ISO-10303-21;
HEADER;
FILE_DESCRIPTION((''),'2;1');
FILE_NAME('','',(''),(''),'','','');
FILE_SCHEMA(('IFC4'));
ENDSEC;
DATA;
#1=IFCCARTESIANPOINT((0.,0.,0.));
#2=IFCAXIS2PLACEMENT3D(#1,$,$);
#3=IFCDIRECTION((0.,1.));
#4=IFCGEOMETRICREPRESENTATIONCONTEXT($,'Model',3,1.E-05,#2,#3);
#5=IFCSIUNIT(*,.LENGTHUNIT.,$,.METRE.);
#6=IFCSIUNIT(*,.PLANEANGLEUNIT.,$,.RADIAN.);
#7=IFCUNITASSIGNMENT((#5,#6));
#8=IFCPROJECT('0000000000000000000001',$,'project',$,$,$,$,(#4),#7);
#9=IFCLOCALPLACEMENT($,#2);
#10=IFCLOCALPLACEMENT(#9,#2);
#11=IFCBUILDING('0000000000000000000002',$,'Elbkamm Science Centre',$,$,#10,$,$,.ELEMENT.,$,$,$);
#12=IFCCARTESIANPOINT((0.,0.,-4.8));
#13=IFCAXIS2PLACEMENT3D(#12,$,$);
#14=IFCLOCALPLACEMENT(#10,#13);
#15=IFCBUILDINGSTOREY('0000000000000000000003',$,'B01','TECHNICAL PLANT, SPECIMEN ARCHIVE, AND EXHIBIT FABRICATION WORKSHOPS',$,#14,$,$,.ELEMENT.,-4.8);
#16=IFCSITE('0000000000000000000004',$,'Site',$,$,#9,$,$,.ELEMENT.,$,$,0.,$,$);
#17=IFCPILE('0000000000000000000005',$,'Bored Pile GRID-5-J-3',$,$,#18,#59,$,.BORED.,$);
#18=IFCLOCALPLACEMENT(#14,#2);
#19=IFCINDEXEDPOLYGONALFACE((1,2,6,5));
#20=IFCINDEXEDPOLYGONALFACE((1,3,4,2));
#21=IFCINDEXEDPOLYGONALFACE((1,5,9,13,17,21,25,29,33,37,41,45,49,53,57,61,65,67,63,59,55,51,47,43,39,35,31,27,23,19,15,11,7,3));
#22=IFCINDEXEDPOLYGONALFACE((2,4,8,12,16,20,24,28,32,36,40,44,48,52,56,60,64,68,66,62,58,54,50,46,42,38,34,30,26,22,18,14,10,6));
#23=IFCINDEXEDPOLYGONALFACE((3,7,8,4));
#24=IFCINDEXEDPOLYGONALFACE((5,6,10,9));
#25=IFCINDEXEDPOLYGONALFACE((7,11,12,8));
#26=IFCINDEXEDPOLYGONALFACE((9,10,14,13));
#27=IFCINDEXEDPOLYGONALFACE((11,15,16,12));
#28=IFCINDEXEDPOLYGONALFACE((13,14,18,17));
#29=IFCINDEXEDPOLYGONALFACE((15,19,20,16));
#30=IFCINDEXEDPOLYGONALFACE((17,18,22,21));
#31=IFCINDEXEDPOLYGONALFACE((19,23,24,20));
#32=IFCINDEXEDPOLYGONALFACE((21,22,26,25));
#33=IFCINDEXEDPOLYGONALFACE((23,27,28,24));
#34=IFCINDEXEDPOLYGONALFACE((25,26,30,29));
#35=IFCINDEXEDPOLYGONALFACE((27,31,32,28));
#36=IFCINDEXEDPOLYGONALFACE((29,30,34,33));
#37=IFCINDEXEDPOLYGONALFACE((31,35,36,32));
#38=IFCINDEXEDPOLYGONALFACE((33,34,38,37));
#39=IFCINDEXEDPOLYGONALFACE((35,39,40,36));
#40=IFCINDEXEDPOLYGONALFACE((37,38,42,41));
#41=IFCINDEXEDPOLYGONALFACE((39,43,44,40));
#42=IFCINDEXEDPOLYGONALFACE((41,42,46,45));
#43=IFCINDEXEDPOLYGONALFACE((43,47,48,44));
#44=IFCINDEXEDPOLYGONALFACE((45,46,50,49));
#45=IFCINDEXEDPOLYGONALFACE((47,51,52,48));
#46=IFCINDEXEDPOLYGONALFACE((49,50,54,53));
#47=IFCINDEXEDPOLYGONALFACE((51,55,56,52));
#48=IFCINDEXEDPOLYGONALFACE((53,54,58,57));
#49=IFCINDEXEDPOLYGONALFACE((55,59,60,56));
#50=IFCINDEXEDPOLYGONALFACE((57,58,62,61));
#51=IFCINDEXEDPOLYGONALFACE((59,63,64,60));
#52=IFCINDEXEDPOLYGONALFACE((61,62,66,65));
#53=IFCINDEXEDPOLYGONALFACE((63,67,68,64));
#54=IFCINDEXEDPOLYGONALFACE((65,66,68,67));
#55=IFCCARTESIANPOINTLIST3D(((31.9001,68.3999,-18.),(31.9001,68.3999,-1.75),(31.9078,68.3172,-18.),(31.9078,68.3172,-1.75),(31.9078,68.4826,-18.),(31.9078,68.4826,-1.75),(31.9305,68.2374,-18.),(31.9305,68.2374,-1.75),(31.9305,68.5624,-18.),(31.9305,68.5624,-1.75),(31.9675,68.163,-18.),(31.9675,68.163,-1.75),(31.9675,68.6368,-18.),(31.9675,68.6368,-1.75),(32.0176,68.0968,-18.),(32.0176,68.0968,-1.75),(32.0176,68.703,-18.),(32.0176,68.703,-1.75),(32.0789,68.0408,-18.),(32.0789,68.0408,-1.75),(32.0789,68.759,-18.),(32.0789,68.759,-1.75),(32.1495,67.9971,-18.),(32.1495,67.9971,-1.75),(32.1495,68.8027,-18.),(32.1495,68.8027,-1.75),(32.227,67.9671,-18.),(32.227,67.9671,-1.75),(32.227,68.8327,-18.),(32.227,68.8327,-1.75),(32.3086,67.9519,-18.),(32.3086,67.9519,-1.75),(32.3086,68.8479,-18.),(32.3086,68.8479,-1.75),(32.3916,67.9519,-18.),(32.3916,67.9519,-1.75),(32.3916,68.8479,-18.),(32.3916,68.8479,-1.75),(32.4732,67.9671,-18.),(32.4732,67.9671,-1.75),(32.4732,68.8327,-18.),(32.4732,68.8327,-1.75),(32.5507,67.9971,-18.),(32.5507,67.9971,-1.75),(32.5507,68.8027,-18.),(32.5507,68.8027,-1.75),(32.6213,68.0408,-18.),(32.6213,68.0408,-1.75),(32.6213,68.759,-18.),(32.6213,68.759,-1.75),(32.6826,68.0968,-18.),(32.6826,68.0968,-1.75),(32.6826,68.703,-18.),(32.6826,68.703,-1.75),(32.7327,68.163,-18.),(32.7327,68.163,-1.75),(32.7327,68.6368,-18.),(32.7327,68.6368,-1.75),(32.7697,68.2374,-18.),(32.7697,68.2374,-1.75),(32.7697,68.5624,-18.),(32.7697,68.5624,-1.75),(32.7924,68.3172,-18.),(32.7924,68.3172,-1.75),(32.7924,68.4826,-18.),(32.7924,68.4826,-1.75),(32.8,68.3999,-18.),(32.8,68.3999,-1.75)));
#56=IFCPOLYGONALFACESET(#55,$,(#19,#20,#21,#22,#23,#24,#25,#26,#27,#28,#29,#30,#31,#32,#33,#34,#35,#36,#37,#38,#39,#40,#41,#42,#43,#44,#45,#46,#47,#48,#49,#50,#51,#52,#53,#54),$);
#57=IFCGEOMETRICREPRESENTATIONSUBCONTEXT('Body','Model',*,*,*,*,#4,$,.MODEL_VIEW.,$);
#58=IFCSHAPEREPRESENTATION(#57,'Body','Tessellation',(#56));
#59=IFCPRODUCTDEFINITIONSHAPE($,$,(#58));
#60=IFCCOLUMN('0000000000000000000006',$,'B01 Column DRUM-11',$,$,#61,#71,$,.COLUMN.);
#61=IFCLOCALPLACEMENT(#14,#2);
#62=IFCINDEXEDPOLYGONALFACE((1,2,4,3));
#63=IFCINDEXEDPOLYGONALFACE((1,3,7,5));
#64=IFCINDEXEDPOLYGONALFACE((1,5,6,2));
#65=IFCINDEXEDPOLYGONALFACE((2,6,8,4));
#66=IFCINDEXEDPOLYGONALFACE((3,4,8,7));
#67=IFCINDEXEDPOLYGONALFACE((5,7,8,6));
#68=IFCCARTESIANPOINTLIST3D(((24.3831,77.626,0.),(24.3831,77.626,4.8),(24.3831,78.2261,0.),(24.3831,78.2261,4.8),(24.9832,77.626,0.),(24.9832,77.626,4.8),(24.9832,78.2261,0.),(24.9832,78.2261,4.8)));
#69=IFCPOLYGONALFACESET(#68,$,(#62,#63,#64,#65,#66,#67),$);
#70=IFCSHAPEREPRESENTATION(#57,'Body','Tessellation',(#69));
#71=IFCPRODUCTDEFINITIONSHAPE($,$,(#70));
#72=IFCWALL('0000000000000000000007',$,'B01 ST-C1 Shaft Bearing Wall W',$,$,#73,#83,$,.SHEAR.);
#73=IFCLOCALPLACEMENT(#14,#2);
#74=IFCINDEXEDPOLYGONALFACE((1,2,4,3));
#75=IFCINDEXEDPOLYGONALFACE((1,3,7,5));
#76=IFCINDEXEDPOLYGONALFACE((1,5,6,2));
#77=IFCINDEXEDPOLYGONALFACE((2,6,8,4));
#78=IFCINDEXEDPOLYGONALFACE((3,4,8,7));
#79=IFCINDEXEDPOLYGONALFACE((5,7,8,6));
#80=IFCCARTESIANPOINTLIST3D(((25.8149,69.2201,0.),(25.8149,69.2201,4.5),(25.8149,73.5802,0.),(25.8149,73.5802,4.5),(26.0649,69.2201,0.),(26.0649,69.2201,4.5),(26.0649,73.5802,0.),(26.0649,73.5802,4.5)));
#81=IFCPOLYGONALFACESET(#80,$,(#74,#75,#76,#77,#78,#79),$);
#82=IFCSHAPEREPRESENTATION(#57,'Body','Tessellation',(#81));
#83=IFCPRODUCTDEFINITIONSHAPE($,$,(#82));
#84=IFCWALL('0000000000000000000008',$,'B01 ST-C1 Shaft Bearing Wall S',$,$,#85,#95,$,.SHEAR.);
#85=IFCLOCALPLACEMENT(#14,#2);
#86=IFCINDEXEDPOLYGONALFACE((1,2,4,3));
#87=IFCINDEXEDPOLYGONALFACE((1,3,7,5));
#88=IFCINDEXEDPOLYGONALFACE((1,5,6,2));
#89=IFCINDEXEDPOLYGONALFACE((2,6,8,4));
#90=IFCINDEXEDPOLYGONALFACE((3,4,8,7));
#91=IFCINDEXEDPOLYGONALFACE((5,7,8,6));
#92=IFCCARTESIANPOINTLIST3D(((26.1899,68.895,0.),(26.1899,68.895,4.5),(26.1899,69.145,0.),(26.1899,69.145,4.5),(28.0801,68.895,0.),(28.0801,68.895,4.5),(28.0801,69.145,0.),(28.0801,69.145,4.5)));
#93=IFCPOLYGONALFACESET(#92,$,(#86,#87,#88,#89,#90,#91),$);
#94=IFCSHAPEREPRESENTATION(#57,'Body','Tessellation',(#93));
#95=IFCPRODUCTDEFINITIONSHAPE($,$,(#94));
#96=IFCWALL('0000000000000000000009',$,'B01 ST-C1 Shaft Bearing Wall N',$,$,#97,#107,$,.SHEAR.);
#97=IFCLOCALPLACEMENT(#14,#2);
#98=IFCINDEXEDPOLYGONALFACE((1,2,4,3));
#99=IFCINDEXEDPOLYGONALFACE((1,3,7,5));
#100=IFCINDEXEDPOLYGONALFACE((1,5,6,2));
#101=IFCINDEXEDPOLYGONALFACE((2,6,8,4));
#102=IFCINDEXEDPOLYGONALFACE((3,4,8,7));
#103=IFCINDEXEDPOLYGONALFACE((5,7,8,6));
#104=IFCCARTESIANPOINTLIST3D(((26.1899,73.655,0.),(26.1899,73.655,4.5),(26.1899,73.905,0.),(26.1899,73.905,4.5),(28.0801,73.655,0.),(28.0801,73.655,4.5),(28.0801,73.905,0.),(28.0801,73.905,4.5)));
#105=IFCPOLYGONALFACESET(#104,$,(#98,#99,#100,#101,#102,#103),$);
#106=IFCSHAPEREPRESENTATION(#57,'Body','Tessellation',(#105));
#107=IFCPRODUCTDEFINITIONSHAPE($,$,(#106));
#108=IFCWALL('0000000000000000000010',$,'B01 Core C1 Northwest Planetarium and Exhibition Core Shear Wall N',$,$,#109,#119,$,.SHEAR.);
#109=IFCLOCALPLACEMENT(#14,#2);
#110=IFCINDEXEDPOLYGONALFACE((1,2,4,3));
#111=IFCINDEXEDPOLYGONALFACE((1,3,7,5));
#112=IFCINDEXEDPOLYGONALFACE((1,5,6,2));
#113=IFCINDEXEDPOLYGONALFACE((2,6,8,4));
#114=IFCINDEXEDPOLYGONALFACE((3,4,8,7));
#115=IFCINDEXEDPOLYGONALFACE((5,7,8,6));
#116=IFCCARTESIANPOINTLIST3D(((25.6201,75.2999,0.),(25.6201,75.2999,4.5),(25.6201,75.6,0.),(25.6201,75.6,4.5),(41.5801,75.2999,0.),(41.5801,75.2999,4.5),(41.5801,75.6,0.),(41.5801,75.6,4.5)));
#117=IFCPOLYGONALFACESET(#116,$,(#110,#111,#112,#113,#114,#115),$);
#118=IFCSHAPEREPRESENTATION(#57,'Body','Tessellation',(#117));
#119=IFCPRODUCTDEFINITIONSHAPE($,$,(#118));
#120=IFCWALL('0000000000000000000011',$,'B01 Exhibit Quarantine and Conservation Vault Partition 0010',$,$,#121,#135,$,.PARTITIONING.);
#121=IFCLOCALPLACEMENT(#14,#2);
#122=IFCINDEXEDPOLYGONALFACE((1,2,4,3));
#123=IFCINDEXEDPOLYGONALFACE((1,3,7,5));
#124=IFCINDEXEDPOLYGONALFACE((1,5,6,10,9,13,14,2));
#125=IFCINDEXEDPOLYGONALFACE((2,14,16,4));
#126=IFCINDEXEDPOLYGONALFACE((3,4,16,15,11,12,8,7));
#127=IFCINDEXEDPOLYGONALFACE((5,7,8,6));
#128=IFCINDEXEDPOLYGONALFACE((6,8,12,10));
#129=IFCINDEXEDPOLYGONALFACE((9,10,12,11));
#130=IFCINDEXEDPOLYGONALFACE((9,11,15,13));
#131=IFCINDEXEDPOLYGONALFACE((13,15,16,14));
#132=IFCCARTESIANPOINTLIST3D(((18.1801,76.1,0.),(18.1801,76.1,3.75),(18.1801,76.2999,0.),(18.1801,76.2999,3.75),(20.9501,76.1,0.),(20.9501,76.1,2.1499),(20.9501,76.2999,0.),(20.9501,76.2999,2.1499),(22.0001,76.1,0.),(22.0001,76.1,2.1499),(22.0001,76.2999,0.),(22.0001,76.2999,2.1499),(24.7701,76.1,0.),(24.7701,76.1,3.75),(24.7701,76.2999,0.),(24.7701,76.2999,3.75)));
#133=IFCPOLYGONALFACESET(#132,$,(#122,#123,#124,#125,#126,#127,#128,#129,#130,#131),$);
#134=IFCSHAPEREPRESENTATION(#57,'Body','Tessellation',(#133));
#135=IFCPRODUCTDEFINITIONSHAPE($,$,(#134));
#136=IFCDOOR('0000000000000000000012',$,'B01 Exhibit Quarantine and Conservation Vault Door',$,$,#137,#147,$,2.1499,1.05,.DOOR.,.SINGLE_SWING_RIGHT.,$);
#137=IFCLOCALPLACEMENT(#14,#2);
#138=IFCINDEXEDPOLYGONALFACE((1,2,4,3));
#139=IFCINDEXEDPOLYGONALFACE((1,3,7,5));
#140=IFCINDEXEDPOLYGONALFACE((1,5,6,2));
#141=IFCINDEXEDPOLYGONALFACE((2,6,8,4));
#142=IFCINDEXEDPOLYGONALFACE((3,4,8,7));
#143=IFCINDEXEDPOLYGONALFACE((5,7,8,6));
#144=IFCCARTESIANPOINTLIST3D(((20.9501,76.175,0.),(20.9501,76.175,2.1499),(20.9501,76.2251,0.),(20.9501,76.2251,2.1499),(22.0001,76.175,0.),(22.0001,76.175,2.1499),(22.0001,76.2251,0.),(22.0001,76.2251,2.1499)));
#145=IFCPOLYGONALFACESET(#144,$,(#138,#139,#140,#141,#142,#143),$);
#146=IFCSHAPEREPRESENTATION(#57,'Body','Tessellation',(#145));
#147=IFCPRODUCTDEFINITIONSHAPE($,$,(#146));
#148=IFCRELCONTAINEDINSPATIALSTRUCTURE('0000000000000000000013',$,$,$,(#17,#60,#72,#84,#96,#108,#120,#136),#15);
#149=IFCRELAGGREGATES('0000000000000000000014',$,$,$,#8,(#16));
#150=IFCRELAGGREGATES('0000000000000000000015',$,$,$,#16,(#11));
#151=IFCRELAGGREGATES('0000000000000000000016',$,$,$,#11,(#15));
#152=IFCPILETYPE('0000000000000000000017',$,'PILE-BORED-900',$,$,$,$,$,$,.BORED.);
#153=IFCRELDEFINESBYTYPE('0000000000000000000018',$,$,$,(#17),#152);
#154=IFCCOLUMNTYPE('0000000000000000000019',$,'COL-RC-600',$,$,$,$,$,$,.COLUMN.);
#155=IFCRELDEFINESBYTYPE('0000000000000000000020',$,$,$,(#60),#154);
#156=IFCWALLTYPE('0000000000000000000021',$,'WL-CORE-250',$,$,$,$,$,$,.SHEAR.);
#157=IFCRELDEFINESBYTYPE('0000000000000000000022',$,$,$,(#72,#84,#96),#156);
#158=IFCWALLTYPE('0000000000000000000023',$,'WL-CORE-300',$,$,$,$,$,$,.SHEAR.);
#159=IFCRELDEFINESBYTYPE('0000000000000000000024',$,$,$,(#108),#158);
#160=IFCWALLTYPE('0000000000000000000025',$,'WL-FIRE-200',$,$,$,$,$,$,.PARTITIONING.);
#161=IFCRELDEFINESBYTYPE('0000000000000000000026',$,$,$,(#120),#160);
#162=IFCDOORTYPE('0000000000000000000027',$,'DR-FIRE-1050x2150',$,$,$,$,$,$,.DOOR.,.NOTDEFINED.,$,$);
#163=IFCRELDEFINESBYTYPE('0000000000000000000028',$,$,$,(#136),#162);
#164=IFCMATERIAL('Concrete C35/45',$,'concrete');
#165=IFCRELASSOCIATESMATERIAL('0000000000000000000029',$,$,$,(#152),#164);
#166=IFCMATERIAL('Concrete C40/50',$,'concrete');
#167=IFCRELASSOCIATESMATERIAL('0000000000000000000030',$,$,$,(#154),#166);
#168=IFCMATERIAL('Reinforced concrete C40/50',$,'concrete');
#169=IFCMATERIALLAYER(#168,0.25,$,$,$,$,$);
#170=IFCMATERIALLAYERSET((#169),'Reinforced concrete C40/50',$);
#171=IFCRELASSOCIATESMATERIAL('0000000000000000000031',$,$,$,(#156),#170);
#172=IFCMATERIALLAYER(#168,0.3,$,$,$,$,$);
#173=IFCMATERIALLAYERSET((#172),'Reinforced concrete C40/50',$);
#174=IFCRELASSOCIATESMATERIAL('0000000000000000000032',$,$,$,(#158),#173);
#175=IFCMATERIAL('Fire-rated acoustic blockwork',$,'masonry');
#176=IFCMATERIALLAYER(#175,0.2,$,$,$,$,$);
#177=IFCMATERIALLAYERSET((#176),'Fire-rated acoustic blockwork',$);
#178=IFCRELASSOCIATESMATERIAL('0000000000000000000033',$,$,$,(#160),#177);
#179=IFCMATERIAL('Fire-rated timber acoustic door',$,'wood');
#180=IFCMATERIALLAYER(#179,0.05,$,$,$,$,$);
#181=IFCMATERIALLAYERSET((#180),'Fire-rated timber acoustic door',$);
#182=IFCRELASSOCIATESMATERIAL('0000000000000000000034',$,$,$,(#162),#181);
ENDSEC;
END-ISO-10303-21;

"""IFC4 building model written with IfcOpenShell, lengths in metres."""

from ifc_helpers import new_model, si_unit, direction, frame, frame_2d, origin, origin_2d, place, context, subcontext, project, spatial, rectangle, circle, extrude, material, layer, layer_set, material_profile, profile_set, type_object, element, fill, save


model = new_model("IFC4")

# Units and contexts
model_context = context("Model", 3, precision=1e-05, world=origin(), true_north=direction((0.0, 1.0)))
body_context = subcontext(model_context, "Body", "Model", "MODEL_VIEW")
ifc_project = project(units=[si_unit("LENGTHUNIT", "METRE"), si_unit("PLANEANGLEUNIT", "RADIAN")], contexts=[model_context])

# Site, building, storey
site_placement = place(None, origin())
site = spatial("IfcSite", under=ifc_project, at=site_placement, Name="Site", CompositionType="ELEMENT", RefElevation=0.0)
building_placement = place(site_placement, origin())
building = spatial("IfcBuilding", under=site, at=building_placement, Name="Elbkamm Science Centre", CompositionType="ELEMENT")
storey_placement = place(building_placement, frame((0.0, 0.0, -4.8)))
storey = spatial("IfcBuildingStorey", under=building, at=storey_placement, Name="B01", Description="TECHNICAL PLANT, SPECIMEN ARCHIVE, AND EXHIBIT FABRICATION WORKSHOPS", CompositionType="ELEMENT", Elevation=-4.8)

# Shared definitions
ifc_material_1 = material(Name="Concrete C35/45", Category="concrete")

# Pile
ifc_material_profile_1 = material_profile(ifc_material_1, circle(Radius=0.45, at=origin_2d()), Name="PILE D900")
ifc_profile_set_1 = profile_set([ifc_material_profile_1], Name="Concrete C35/45")
pile_type_1 = type_object("IfcPileType", Name="PILE-BORED-900", PredefinedType="BORED", material=ifc_profile_set_1)
pile_1_placement = place(storey_placement, frame((32.3501, 68.3999, -1.75), z_axis=(0.0, 0.0, -1.0), x_axis=(1.0, 0.0, 0.0)))
element("IfcPile", 1, at=pile_1_placement, inside=storey, type_object=pile_type_1, Name="Bored Pile GRID-5-J-3", PredefinedType="BORED", context=body_context, shape_type="SweptSolid", body=[
    extrude(circle(Radius=0.45, at=origin_2d()), origin(), (0.0, 0.0, 1.0), 16.25),
])

# Column
ifc_material_2 = material(Name="Concrete C40/50", Category="concrete")
ifc_material_profile_2 = material_profile(ifc_material_2, rectangle(XDim=0.6001, YDim=0.6001, at=origin_2d()), Name="RC 600x600")
ifc_profile_set_2 = profile_set([ifc_material_profile_2], Name="Concrete C40/50")
column_type = type_object("IfcColumnType", Name="COL-RC-600", PredefinedType="COLUMN", material=ifc_profile_set_2)
column_placement = place(storey_placement, frame((24.6831, 77.926, 0.0), z_axis=(0.0, 0.0, 1.0), x_axis=(1.0, 0.0, 0.0)))
element("IfcColumn", 2, at=column_placement, inside=storey, type_object=column_type, Name="B01 Column DRUM-11", PredefinedType="COLUMN", context=body_context, shape_type="SweptSolid", body=[
    extrude(rectangle(XDim=0.6001, YDim=0.6001, at=origin_2d()), origin(), (0.0, 0.0, 1.0), 4.8),
])

# Walls
ifc_material_3 = material(Name="Reinforced concrete C40/50", Category="concrete")
ifc_layer_1 = layer(ifc_material_3, 0.25)
ifc_layer_set_1 = layer_set([ifc_layer_1], Name="Reinforced concrete C40/50")
wall_type_1 = type_object("IfcWallType", Name="WL-CORE-250", PredefinedType="SHEAR", material=ifc_layer_set_1)
wall_1_placement = place(storey_placement, frame((25.9399, 69.22, 0.0), z_axis=(0.0, 0.0, 1.0), x_axis=(0.0, 1.0, 0.0)))
element("IfcWall", 3, at=wall_1_placement, inside=storey, type_object=wall_type_1, Name="B01 ST-C1 Shaft Bearing Wall W", PredefinedType="SHEAR", context=body_context, shape_type="SweptSolid", body=[
    extrude(rectangle(XDim=4.3601, YDim=0.25, at=frame_2d((2.1802, 0.0))), origin(), (0.0, 0.0, 1.0), 4.5),
])
for number, where, z_axis, x_axis, name in (
    (4, (26.1899, 69.02, 0.0), (0.0, 0.0, 1.0), (1.0, 0.0, 0.0), "B01 ST-C1 Shaft Bearing Wall S"),
    (5, (26.1899, 73.78, 0.0), (0.0, 0.0, 1.0), (1.0, 0.0, 0.0), "B01 ST-C1 Shaft Bearing Wall N"),
):
    element("IfcWall", number, at=place(storey_placement, frame(where, z_axis=z_axis, x_axis=x_axis)), inside=storey, type_object=wall_type_1, Name=name, PredefinedType="SHEAR", context=body_context, shape_type="SweptSolid", body=[
        extrude(rectangle(XDim=1.8901, YDim=0.25, at=frame_2d((0.9451, 0.0))), origin(), (0.0, 0.0, 1.0), 4.5),
    ])
ifc_layer_2 = layer(ifc_material_3, 0.3)
ifc_layer_set_2 = layer_set([ifc_layer_2], Name="Reinforced concrete C40/50")
wall_type_2 = type_object("IfcWallType", Name="WL-CORE-300", PredefinedType="SHEAR", material=ifc_layer_set_2)
wall_2_placement = place(storey_placement, frame((25.6201, 75.45, 0.0), z_axis=(0.0, 0.0, 1.0), x_axis=(1.0, 0.0, 0.0)))
element("IfcWall", 6, at=wall_2_placement, inside=storey, type_object=wall_type_2, Name="B01 Core C1 Northwest Planetarium and Exhibition Core Shear Wall N", PredefinedType="SHEAR", context=body_context, shape_type="SweptSolid", body=[
    extrude(rectangle(XDim=15.96, YDim=0.3, at=frame_2d((7.98, 0.0))), origin(), (0.0, 0.0, 1.0), 4.5),
])

# Wall, opening, door
ifc_material_4 = material(Name="Fire-rated acoustic blockwork", Category="masonry")
ifc_layer_3 = layer(ifc_material_4, 0.2)
ifc_layer_set_3 = layer_set([ifc_layer_3], Name="Fire-rated acoustic blockwork")
wall_type_3 = type_object("IfcWallType", Name="WL-FIRE-200", PredefinedType="PARTITIONING", material=ifc_layer_set_3)
wall_3_placement = place(storey_placement, frame((24.77, 76.2, 0.0), z_axis=(0.0, 0.0, 1.0), x_axis=(-1.0, 0.0, 0.0)))
wall_3 = element("IfcWall", 7, at=wall_3_placement, inside=storey, type_object=wall_type_3, Name="B01 Exhibit Quarantine and Conservation Vault Partition 0010", PredefinedType="PARTITIONING", context=body_context, shape_type="SweptSolid", body=[
    extrude(rectangle(XDim=6.5901, YDim=0.2, at=frame_2d((3.2949, 0.0))), origin(), (0.0, 0.0, 1.0), 3.75),
])
opening_placement = place(wall_3_placement, frame((2.77, 0.0, 0.0)))
opening = element("IfcOpeningElement", 8, at=opening_placement, cuts=wall_3, PredefinedType="OPENING", context=body_context, shape_type="SweptSolid", body=[
    extrude(rectangle(XDim=1.05, YDim=2.1499, at=frame_2d((0.5249, 1.075))), frame((0.0, 0.1118, 0.0), z_axis=(0.0, -1.0, 0.0), x_axis=(1.0, 0.0, 0.0)), (0.0, 0.0, 1.0), 0.2239),
])
ifc_material_5 = material(Name="Fire-rated timber acoustic door", Category="wood")
ifc_layer_4 = layer(ifc_material_5, 0.05)
ifc_layer_set_4 = layer_set([ifc_layer_4], Name="Fire-rated timber acoustic door")
door_type = type_object("IfcDoorType", Name="DR-FIRE-1050x2150", OperationType="NOTDEFINED", PredefinedType="DOOR", material=ifc_layer_set_4)
door_placement = place(opening_placement, origin())
door = element("IfcDoor", 9, at=door_placement, inside=storey, type_object=door_type, Name="B01 Exhibit Quarantine and Conservation Vault Door", OperationType="SINGLE_SWING_RIGHT", OverallHeight=2.1499, OverallWidth=1.05, PredefinedType="DOOR", context=body_context, shape_type="SweptSolid", body=[
    extrude(rectangle(XDim=1.05, YDim=2.1499, at=frame_2d((0.5249, 1.075))), frame((0.0, 0.0249, 0.0), z_axis=(0.0, -1.0, 0.0), x_axis=(1.0, 0.0, 0.0)), (0.0, 0.0, 1.0), 0.05),
])
fill(opening, door)

save(model, "model.ifc")
